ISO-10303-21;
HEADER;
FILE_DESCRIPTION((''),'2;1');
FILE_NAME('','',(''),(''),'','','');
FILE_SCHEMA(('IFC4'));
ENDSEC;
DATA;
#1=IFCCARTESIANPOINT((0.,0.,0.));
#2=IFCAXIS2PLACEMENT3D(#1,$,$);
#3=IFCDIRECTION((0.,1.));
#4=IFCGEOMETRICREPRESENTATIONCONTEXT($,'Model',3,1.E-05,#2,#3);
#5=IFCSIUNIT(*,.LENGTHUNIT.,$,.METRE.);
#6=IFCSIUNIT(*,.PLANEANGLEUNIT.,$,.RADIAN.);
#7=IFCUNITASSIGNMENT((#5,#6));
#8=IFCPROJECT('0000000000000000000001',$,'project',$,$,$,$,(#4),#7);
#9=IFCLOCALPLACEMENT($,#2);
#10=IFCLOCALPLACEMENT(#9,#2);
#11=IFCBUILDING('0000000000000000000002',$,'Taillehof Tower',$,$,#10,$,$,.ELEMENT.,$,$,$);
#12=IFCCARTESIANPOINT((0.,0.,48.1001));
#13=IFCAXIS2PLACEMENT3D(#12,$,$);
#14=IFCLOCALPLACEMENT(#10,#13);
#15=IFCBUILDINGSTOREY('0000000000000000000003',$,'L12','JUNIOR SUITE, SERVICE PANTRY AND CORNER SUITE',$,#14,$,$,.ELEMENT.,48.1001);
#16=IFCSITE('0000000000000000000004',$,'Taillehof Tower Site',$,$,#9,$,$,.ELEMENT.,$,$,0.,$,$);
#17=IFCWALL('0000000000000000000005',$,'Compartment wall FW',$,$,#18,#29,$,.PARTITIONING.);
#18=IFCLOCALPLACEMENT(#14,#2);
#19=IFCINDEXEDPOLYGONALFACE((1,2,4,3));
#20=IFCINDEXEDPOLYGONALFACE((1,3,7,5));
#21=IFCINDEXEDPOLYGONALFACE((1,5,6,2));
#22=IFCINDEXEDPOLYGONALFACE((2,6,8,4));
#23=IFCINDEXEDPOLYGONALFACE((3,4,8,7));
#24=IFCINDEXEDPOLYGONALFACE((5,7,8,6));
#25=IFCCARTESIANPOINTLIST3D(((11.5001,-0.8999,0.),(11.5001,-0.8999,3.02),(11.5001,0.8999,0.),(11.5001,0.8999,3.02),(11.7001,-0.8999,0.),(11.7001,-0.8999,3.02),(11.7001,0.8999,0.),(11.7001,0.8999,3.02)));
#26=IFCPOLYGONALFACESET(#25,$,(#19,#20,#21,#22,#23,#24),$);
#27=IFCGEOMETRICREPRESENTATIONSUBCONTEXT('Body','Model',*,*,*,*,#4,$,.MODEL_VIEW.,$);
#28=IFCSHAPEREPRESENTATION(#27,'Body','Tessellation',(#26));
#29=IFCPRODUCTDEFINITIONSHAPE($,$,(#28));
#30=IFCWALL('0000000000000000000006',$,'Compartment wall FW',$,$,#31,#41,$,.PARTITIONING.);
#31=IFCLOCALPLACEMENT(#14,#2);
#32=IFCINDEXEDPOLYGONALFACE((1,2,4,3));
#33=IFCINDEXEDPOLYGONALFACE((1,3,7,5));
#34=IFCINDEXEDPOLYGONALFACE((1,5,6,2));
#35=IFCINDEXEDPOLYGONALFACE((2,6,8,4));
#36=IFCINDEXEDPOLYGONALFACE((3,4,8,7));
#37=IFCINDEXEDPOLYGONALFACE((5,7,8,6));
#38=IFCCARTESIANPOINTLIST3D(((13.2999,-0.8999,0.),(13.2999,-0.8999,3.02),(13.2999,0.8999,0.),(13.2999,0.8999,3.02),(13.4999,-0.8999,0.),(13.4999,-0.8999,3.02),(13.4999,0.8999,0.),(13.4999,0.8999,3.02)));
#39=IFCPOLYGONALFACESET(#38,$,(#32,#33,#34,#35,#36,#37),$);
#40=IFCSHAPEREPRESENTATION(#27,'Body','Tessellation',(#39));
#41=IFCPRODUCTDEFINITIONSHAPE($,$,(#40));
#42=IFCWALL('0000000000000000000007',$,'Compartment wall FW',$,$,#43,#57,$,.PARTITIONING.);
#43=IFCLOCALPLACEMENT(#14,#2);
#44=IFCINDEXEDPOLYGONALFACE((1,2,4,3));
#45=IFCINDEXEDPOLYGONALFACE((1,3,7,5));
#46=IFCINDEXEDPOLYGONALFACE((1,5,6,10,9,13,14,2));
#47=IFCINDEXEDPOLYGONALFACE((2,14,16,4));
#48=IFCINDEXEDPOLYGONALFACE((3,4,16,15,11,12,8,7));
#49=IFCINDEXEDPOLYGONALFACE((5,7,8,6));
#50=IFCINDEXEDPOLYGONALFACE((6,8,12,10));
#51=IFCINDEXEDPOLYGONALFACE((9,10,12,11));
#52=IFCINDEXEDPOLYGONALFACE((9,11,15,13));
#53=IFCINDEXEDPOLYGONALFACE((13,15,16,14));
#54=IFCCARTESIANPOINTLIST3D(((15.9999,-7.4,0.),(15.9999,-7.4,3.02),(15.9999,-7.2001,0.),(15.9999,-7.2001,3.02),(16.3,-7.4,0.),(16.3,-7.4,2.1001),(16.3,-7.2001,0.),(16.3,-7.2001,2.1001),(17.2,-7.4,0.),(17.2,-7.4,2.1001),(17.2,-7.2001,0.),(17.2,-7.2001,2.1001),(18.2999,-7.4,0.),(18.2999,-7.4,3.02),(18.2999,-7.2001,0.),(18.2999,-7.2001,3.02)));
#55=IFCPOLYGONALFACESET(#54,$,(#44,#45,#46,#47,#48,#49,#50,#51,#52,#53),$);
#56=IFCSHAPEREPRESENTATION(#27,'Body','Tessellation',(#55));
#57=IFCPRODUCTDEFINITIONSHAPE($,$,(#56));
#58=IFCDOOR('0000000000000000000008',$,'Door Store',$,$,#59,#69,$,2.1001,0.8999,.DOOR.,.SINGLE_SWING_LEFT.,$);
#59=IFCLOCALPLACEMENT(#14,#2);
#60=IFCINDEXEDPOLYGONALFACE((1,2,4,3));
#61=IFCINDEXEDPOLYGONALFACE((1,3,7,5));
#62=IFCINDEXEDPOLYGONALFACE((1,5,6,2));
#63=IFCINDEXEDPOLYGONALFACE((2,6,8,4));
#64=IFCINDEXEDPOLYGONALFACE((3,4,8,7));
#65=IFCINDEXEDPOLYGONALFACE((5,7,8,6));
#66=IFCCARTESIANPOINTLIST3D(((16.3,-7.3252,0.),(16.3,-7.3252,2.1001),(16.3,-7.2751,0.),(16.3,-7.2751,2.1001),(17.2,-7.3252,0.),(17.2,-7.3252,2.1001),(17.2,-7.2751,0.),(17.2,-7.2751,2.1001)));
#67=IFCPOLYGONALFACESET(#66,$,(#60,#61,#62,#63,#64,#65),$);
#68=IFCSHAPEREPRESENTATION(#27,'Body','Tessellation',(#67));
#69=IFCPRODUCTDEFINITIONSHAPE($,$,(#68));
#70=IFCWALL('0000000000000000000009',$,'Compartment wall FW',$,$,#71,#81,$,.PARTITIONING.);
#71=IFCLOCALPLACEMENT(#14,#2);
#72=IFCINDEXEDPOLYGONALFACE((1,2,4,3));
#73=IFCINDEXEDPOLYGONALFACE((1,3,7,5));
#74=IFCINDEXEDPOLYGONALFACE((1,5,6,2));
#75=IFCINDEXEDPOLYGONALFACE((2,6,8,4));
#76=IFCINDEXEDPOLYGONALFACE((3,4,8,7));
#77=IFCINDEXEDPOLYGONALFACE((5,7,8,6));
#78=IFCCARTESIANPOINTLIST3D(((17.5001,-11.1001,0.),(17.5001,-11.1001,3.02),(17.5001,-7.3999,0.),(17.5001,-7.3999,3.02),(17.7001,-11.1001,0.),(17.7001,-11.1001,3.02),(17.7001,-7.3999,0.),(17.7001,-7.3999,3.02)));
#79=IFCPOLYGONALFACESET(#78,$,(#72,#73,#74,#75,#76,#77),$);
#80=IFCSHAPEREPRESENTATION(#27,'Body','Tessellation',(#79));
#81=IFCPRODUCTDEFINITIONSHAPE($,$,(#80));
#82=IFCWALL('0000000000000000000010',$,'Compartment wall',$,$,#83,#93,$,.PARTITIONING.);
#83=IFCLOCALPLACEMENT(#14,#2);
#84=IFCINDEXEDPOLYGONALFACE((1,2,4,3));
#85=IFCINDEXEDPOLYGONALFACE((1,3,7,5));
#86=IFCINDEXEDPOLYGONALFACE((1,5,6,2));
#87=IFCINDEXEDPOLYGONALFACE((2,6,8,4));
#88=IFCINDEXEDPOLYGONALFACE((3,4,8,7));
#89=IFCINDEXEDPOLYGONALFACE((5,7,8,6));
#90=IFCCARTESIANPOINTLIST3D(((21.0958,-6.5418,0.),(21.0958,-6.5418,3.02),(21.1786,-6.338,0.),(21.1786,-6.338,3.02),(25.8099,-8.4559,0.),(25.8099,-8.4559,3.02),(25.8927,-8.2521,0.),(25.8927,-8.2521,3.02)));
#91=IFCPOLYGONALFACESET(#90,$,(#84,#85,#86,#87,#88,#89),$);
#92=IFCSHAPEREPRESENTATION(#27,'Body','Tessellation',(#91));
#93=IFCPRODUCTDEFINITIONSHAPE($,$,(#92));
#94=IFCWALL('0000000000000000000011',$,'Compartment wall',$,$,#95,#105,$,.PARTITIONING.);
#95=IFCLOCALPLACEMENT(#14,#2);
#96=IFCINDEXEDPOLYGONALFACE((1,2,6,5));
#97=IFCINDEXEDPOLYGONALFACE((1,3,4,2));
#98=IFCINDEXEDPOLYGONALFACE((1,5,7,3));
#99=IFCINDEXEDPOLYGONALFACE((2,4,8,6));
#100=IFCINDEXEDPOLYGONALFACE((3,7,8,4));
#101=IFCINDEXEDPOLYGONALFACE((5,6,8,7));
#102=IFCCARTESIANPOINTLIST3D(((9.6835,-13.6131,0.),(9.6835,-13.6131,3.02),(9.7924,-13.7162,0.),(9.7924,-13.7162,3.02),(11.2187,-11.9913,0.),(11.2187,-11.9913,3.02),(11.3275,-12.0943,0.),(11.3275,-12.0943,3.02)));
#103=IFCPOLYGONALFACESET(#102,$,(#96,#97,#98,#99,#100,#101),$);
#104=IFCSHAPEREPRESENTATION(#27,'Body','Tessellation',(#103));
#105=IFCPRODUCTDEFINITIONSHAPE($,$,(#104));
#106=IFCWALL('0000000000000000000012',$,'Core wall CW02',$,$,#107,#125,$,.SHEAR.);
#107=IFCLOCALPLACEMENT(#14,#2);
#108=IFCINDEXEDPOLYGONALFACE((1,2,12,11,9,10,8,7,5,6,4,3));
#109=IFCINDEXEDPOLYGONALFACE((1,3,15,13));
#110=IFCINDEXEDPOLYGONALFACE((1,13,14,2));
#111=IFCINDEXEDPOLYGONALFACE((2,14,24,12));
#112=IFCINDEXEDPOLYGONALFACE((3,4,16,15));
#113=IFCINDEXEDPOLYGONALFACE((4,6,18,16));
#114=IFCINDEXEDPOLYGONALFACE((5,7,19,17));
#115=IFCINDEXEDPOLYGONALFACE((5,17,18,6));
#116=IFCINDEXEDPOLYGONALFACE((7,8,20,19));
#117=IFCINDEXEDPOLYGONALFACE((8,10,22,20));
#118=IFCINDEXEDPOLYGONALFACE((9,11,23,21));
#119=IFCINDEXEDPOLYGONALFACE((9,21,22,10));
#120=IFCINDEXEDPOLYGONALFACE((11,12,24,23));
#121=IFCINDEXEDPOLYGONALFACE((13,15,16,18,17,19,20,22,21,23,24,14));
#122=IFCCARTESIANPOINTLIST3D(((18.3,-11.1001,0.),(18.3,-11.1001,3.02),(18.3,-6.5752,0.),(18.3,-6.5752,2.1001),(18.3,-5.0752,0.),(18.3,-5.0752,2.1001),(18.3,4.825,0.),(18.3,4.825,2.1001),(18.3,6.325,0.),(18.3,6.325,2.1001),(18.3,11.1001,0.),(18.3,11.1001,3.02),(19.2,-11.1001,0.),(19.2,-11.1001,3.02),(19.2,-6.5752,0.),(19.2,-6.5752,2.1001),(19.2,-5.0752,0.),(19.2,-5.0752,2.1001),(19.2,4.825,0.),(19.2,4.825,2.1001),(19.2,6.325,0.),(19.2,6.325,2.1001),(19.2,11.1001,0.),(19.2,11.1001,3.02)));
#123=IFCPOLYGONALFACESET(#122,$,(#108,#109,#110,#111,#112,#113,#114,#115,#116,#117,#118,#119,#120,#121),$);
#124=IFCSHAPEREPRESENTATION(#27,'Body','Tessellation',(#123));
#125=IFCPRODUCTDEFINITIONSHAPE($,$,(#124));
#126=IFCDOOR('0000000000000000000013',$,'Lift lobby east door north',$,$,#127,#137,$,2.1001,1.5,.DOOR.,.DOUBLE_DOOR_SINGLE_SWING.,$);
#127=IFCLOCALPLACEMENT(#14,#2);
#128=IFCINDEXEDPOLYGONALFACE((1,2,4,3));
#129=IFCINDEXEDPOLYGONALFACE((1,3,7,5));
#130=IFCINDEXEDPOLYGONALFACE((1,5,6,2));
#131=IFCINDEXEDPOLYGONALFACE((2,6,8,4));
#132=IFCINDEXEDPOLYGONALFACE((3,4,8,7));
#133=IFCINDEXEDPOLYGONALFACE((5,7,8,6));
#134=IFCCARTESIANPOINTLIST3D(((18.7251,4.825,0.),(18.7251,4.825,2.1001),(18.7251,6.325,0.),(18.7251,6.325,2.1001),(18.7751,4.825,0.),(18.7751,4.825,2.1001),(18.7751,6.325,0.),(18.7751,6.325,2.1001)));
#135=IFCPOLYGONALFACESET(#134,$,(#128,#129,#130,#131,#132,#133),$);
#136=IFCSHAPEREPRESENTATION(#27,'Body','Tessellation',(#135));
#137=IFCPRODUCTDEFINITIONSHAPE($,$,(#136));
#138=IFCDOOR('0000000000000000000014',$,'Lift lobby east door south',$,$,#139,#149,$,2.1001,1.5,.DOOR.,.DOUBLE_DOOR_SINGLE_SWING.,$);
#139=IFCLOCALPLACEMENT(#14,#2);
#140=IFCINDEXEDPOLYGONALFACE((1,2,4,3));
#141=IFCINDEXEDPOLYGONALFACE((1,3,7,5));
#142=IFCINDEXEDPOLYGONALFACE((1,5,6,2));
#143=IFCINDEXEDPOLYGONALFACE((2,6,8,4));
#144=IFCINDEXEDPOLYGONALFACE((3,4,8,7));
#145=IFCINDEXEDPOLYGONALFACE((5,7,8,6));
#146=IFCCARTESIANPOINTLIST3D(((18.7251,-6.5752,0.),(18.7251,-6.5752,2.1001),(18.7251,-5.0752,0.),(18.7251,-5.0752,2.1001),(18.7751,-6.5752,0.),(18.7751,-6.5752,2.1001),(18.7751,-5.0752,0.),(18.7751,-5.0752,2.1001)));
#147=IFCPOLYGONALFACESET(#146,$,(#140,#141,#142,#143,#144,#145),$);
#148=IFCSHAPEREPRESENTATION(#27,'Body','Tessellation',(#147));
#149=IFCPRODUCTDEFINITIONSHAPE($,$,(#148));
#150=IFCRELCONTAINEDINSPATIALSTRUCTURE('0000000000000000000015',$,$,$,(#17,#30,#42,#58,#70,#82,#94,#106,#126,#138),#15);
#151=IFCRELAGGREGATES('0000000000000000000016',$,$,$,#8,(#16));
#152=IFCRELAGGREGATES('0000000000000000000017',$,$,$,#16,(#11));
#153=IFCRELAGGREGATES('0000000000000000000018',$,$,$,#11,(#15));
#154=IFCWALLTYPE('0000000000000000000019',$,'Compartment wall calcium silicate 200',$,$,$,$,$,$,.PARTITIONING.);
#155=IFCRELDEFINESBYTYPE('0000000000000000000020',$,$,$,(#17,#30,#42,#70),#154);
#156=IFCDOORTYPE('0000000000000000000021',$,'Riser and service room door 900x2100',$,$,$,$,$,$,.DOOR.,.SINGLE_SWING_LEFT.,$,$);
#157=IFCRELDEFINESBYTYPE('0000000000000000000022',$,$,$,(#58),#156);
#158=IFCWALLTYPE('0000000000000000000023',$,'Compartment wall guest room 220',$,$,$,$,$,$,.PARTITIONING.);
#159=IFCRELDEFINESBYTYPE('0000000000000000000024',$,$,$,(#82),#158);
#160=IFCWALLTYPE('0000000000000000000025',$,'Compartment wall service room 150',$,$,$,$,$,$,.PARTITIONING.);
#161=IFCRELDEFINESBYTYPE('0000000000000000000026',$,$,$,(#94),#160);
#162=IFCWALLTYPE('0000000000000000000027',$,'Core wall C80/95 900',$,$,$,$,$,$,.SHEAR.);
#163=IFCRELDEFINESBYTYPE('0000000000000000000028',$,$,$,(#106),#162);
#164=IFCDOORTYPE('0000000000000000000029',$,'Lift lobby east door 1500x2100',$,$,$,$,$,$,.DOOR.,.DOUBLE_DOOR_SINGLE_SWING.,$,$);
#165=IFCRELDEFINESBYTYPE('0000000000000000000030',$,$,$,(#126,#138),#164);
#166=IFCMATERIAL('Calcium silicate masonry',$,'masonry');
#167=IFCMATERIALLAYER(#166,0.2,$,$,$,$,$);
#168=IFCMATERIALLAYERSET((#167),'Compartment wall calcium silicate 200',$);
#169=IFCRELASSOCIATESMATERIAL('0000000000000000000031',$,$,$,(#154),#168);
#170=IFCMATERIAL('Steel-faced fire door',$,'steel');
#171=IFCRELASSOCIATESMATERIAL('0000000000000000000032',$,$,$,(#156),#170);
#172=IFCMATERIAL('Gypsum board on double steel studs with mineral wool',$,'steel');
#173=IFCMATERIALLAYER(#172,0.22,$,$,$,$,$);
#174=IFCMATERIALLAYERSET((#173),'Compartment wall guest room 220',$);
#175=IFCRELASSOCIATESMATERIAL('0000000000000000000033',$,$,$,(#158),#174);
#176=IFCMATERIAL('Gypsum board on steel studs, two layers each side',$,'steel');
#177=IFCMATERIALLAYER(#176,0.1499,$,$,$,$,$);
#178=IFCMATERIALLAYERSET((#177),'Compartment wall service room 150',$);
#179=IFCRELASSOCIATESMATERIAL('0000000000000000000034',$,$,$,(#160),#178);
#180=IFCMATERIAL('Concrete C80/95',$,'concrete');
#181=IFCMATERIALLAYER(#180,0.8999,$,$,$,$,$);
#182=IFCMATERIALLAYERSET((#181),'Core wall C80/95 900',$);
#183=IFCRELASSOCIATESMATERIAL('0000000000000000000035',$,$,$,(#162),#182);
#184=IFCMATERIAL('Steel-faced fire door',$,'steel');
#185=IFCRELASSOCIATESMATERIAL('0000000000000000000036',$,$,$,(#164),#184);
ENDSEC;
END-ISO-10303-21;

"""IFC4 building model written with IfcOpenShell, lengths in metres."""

from ifc_helpers import new_model, si_unit, direction, frame, frame_2d, origin, place, context, subcontext, project, spatial, rectangle, extrude, material, layer, layer_set, type_object, element, fill, save


model = new_model("IFC4")

# Units and contexts
model_context = context("Model", 3, precision=1e-05, world=origin(), true_north=direction((0.0, 1.0)))
body_context = subcontext(model_context, "Body", "Model", "MODEL_VIEW")
ifc_project = project(units=[si_unit("LENGTHUNIT", "METRE"), si_unit("PLANEANGLEUNIT", "RADIAN")], contexts=[model_context])

# Site, building, storey
site_placement = place(None, origin())
site = spatial("IfcSite", under=ifc_project, at=site_placement, Name="Taillehof Tower Site", CompositionType="ELEMENT", RefElevation=0.0)
building_placement = place(site_placement, origin())
building = spatial("IfcBuilding", under=site, at=building_placement, Name="Taillehof Tower", CompositionType="ELEMENT")
storey_placement = place(building_placement, frame((0.0, 0.0, 48.1001)))
storey = spatial("IfcBuildingStorey", under=building, at=storey_placement, Name="L12", Description="JUNIOR SUITE, SERVICE PANTRY AND CORNER SUITE", CompositionType="ELEMENT", Elevation=48.1001)

# Walls
ifc_material_1 = material(Name="Calcium silicate masonry", Category="masonry")
ifc_layer_1 = layer(ifc_material_1, 0.2)
ifc_layer_set_1 = layer_set([ifc_layer_1], Name="Compartment wall calcium silicate 200")
wall_type_1 = type_object("IfcWallType", Name="Compartment wall calcium silicate 200", PredefinedType="PARTITIONING", material=ifc_layer_set_1)
for number, where, z_axis, x_axis, name in (
    (1, (11.6001, -0.8999, 0.0), (0.0, 0.0, 1.0), (0.0, 1.0, 0.0), "Compartment wall FW"),
    (2, (13.3999, -0.8999, 0.0), (0.0, 0.0, 1.0), (0.0, 1.0, 0.0), "Compartment wall FW"),
):
    element("IfcWall", number, at=place(storey_placement, frame(where, z_axis=z_axis, x_axis=x_axis)), inside=storey, type_object=wall_type_1, Name=name, PredefinedType="PARTITIONING", context=body_context, shape_type="SweptSolid", body=[
        extrude(rectangle(XDim=1.7998, YDim=0.2, at=frame_2d((0.8999, 0.0))), origin(), (0.0, 0.0, 1.0), 3.02),
    ])

# Wall, opening, door
wall_1_placement = place(storey_placement, frame((16.0, -7.3, 0.0), z_axis=(0.0, 0.0, 1.0), x_axis=(1.0, 0.0, 0.0)))
wall_1 = element("IfcWall", 3, at=wall_1_placement, inside=storey, type_object=wall_type_1, Name="Compartment wall FW", PredefinedType="PARTITIONING", context=body_context, shape_type="SweptSolid", body=[
    extrude(rectangle(XDim=2.3, YDim=0.2, at=frame_2d((1.1499, 0.0))), origin(), (0.0, 0.0, 1.0), 3.02),
])
opening_1_placement = place(wall_1_placement, frame((0.3, 0.0, 0.0)))
opening_1 = element("IfcOpeningElement", 4, at=opening_1_placement, cuts=wall_1, PredefinedType="OPENING", context=body_context, shape_type="SweptSolid", body=[
    extrude(rectangle(XDim=0.8999, YDim=2.1001, at=frame_2d((0.45, 1.05))), frame((0.0, 0.1099, 0.0), z_axis=(0.0, -1.0, 0.0), x_axis=(1.0, 0.0, 0.0)), (0.0, 0.0, 1.0), 0.22),
])
ifc_material_2 = material(Name="Steel-faced fire door", Category="steel")
door_type_1 = type_object("IfcDoorType", Name="Riser and service room door 900x2100", OperationType="SINGLE_SWING_LEFT", PredefinedType="DOOR", material=ifc_material_2)
door_1_placement = place(opening_1_placement, origin())
door_1 = element("IfcDoor", 5, at=door_1_placement, inside=storey, type_object=door_type_1, Name="Door Store", OperationType="SINGLE_SWING_LEFT", OverallHeight=2.1001, OverallWidth=0.8999, PredefinedType="DOOR", context=body_context, shape_type="SweptSolid", body=[
    extrude(rectangle(XDim=0.8999, YDim=2.1001, at=frame_2d((0.45, 1.05))), frame((0.0, 0.0249, 0.0), z_axis=(0.0, -1.0, 0.0), x_axis=(1.0, 0.0, 0.0)), (0.0, 0.0, 1.0), 0.05),
])
fill(opening_1, door_1)

# Walls
wall_2_placement = place(storey_placement, frame((17.6001, -11.1001, 0.0), z_axis=(0.0, 0.0, 1.0), x_axis=(0.0, 1.0, 0.0)))
element("IfcWall", 6, at=wall_2_placement, inside=storey, type_object=wall_type_1, Name="Compartment wall FW", PredefinedType="PARTITIONING", context=body_context, shape_type="SweptSolid", body=[
    extrude(rectangle(XDim=3.7002, YDim=0.2, at=frame_2d((1.8501, 0.0))), origin(), (0.0, 0.0, 1.0), 3.02),
])
ifc_material_3 = material(Name="Gypsum board on double steel studs with mineral wool", Category="steel")
ifc_layer_2 = layer(ifc_material_3, 0.22)
ifc_layer_set_2 = layer_set([ifc_layer_2], Name="Compartment wall guest room 220")
wall_type_2 = type_object("IfcWallType", Name="Compartment wall guest room 220", PredefinedType="PARTITIONING", material=ifc_layer_set_2)
wall_3_placement = place(storey_placement, frame((25.8513, -8.354, 0.0), z_axis=(0.0, 0.0, 1.0), x_axis=(-0.926538, 0.376201, 0.0)))
element("IfcWall", 7, at=wall_3_placement, inside=storey, type_object=wall_type_2, Name="Compartment wall", PredefinedType="PARTITIONING", context=body_context, shape_type="SweptSolid", body=[
    extrude(rectangle(XDim=5.0879, YDim=0.22, at=frame_2d((2.5439, 0.0))), origin(), (0.0, 0.0, 1.0), 3.02),
])
ifc_material_4 = material(Name="Gypsum board on steel studs, two layers each side", Category="steel")
ifc_layer_3 = layer(ifc_material_4, 0.1499)
ifc_layer_set_3 = layer_set([ifc_layer_3], Name="Compartment wall service room 150")
wall_type_3 = type_object("IfcWallType", Name="Compartment wall service room 150", PredefinedType="PARTITIONING", material=ifc_layer_set_3)
wall_4_placement = place(storey_placement, frame((11.2732, -12.0427, 0.0), z_axis=(0.0, 0.0, 1.0), x_axis=(-0.687435, -0.726246, 0.0)))
element("IfcWall", 8, at=wall_4_placement, inside=storey, type_object=wall_type_3, Name="Compartment wall", PredefinedType="PARTITIONING", context=body_context, shape_type="SweptSolid", body=[
    extrude(rectangle(XDim=2.2332, YDim=0.1499, at=frame_2d((1.1167, 0.0))), origin(), (0.0, 0.0, 1.0), 3.02),
])

# Wall, openings, doors
ifc_material_5 = material(Name="Concrete C80/95", Category="concrete")
ifc_layer_4 = layer(ifc_material_5, 0.8999)
ifc_layer_set_4 = layer_set([ifc_layer_4], Name="Core wall C80/95 900")
wall_type_4 = type_object("IfcWallType", Name="Core wall C80/95 900", PredefinedType="SHEAR", material=ifc_layer_set_4)
wall_5_placement = place(storey_placement, frame((18.75, -11.1001, 0.0), z_axis=(0.0, 0.0, 1.0), x_axis=(0.0, 1.0, 0.0)))
wall_5 = element("IfcWall", 9, at=wall_5_placement, inside=storey, type_object=wall_type_4, Name="Core wall CW02", PredefinedType="SHEAR", context=body_context, shape_type="SweptSolid", body=[
    extrude(rectangle(XDim=22.2002, YDim=0.8999, at=frame_2d((11.1001, 0.0))), origin(), (0.0, 0.0, 1.0), 3.02),
])
opening_2_placement = place(wall_5_placement, frame((15.925, 0.0, 0.0)))
opening_2 = element("IfcOpeningElement", 10, at=opening_2_placement, cuts=wall_5, PredefinedType="OPENING", context=body_context, shape_type="SweptSolid", body=[
    extrude(rectangle(XDim=1.5, YDim=2.1001, at=frame_2d((0.75, 1.05))), frame((0.0, 0.46, 0.0), z_axis=(0.0, -1.0, 0.0), x_axis=(1.0, 0.0, 0.0)), (0.0, 0.0, 1.0), 0.9199),
])
opening_3_placement = place(wall_5_placement, frame((4.5249, 0.0, 0.0)))
opening_3 = element("IfcOpeningElement", 11, at=opening_3_placement, cuts=wall_5, PredefinedType="OPENING", context=body_context, shape_type="SweptSolid", body=[
    extrude(rectangle(XDim=1.5, YDim=2.1001, at=frame_2d((0.75, 1.05))), frame((0.0, 0.46, 0.0), z_axis=(0.0, -1.0, 0.0), x_axis=(1.0, 0.0, 0.0)), (0.0, 0.0, 1.0), 0.9199),
])
ifc_material_6 = material(Name="Steel-faced fire door", Category="steel")
door_type_2 = type_object("IfcDoorType", Name="Lift lobby east door 1500x2100", OperationType="DOUBLE_DOOR_SINGLE_SWING", PredefinedType="DOOR", material=ifc_material_6)
door_2_placement = place(opening_2_placement, origin())
door_2 = element("IfcDoor", 12, at=door_2_placement, inside=storey, type_object=door_type_2, Name="Lift lobby east door north", OperationType="DOUBLE_DOOR_SINGLE_SWING", OverallHeight=2.1001, OverallWidth=1.5, PredefinedType="DOOR", context=body_context, shape_type="SweptSolid", body=[
    extrude(rectangle(XDim=1.5, YDim=2.1001, at=frame_2d((0.75, 1.05))), frame((0.0, 0.0249, 0.0), z_axis=(0.0, -1.0, 0.0), x_axis=(1.0, 0.0, 0.0)), (0.0, 0.0, 1.0), 0.05),
])
fill(opening_2, door_2)
door_3_placement = place(opening_3_placement, origin())
door_3 = element("IfcDoor", 13, at=door_3_placement, inside=storey, type_object=door_type_2, Name="Lift lobby east door south", OperationType="DOUBLE_DOOR_SINGLE_SWING", OverallHeight=2.1001, OverallWidth=1.5, PredefinedType="DOOR", context=body_context, shape_type="SweptSolid", body=[
    extrude(rectangle(XDim=1.5, YDim=2.1001, at=frame_2d((0.75, 1.05))), frame((0.0, 0.0249, 0.0), z_axis=(0.0, -1.0, 0.0), x_axis=(1.0, 0.0, 0.0)), (0.0, 0.0, 1.0), 0.05),
])
fill(opening_3, door_3)

save(model, "model.ifc")
